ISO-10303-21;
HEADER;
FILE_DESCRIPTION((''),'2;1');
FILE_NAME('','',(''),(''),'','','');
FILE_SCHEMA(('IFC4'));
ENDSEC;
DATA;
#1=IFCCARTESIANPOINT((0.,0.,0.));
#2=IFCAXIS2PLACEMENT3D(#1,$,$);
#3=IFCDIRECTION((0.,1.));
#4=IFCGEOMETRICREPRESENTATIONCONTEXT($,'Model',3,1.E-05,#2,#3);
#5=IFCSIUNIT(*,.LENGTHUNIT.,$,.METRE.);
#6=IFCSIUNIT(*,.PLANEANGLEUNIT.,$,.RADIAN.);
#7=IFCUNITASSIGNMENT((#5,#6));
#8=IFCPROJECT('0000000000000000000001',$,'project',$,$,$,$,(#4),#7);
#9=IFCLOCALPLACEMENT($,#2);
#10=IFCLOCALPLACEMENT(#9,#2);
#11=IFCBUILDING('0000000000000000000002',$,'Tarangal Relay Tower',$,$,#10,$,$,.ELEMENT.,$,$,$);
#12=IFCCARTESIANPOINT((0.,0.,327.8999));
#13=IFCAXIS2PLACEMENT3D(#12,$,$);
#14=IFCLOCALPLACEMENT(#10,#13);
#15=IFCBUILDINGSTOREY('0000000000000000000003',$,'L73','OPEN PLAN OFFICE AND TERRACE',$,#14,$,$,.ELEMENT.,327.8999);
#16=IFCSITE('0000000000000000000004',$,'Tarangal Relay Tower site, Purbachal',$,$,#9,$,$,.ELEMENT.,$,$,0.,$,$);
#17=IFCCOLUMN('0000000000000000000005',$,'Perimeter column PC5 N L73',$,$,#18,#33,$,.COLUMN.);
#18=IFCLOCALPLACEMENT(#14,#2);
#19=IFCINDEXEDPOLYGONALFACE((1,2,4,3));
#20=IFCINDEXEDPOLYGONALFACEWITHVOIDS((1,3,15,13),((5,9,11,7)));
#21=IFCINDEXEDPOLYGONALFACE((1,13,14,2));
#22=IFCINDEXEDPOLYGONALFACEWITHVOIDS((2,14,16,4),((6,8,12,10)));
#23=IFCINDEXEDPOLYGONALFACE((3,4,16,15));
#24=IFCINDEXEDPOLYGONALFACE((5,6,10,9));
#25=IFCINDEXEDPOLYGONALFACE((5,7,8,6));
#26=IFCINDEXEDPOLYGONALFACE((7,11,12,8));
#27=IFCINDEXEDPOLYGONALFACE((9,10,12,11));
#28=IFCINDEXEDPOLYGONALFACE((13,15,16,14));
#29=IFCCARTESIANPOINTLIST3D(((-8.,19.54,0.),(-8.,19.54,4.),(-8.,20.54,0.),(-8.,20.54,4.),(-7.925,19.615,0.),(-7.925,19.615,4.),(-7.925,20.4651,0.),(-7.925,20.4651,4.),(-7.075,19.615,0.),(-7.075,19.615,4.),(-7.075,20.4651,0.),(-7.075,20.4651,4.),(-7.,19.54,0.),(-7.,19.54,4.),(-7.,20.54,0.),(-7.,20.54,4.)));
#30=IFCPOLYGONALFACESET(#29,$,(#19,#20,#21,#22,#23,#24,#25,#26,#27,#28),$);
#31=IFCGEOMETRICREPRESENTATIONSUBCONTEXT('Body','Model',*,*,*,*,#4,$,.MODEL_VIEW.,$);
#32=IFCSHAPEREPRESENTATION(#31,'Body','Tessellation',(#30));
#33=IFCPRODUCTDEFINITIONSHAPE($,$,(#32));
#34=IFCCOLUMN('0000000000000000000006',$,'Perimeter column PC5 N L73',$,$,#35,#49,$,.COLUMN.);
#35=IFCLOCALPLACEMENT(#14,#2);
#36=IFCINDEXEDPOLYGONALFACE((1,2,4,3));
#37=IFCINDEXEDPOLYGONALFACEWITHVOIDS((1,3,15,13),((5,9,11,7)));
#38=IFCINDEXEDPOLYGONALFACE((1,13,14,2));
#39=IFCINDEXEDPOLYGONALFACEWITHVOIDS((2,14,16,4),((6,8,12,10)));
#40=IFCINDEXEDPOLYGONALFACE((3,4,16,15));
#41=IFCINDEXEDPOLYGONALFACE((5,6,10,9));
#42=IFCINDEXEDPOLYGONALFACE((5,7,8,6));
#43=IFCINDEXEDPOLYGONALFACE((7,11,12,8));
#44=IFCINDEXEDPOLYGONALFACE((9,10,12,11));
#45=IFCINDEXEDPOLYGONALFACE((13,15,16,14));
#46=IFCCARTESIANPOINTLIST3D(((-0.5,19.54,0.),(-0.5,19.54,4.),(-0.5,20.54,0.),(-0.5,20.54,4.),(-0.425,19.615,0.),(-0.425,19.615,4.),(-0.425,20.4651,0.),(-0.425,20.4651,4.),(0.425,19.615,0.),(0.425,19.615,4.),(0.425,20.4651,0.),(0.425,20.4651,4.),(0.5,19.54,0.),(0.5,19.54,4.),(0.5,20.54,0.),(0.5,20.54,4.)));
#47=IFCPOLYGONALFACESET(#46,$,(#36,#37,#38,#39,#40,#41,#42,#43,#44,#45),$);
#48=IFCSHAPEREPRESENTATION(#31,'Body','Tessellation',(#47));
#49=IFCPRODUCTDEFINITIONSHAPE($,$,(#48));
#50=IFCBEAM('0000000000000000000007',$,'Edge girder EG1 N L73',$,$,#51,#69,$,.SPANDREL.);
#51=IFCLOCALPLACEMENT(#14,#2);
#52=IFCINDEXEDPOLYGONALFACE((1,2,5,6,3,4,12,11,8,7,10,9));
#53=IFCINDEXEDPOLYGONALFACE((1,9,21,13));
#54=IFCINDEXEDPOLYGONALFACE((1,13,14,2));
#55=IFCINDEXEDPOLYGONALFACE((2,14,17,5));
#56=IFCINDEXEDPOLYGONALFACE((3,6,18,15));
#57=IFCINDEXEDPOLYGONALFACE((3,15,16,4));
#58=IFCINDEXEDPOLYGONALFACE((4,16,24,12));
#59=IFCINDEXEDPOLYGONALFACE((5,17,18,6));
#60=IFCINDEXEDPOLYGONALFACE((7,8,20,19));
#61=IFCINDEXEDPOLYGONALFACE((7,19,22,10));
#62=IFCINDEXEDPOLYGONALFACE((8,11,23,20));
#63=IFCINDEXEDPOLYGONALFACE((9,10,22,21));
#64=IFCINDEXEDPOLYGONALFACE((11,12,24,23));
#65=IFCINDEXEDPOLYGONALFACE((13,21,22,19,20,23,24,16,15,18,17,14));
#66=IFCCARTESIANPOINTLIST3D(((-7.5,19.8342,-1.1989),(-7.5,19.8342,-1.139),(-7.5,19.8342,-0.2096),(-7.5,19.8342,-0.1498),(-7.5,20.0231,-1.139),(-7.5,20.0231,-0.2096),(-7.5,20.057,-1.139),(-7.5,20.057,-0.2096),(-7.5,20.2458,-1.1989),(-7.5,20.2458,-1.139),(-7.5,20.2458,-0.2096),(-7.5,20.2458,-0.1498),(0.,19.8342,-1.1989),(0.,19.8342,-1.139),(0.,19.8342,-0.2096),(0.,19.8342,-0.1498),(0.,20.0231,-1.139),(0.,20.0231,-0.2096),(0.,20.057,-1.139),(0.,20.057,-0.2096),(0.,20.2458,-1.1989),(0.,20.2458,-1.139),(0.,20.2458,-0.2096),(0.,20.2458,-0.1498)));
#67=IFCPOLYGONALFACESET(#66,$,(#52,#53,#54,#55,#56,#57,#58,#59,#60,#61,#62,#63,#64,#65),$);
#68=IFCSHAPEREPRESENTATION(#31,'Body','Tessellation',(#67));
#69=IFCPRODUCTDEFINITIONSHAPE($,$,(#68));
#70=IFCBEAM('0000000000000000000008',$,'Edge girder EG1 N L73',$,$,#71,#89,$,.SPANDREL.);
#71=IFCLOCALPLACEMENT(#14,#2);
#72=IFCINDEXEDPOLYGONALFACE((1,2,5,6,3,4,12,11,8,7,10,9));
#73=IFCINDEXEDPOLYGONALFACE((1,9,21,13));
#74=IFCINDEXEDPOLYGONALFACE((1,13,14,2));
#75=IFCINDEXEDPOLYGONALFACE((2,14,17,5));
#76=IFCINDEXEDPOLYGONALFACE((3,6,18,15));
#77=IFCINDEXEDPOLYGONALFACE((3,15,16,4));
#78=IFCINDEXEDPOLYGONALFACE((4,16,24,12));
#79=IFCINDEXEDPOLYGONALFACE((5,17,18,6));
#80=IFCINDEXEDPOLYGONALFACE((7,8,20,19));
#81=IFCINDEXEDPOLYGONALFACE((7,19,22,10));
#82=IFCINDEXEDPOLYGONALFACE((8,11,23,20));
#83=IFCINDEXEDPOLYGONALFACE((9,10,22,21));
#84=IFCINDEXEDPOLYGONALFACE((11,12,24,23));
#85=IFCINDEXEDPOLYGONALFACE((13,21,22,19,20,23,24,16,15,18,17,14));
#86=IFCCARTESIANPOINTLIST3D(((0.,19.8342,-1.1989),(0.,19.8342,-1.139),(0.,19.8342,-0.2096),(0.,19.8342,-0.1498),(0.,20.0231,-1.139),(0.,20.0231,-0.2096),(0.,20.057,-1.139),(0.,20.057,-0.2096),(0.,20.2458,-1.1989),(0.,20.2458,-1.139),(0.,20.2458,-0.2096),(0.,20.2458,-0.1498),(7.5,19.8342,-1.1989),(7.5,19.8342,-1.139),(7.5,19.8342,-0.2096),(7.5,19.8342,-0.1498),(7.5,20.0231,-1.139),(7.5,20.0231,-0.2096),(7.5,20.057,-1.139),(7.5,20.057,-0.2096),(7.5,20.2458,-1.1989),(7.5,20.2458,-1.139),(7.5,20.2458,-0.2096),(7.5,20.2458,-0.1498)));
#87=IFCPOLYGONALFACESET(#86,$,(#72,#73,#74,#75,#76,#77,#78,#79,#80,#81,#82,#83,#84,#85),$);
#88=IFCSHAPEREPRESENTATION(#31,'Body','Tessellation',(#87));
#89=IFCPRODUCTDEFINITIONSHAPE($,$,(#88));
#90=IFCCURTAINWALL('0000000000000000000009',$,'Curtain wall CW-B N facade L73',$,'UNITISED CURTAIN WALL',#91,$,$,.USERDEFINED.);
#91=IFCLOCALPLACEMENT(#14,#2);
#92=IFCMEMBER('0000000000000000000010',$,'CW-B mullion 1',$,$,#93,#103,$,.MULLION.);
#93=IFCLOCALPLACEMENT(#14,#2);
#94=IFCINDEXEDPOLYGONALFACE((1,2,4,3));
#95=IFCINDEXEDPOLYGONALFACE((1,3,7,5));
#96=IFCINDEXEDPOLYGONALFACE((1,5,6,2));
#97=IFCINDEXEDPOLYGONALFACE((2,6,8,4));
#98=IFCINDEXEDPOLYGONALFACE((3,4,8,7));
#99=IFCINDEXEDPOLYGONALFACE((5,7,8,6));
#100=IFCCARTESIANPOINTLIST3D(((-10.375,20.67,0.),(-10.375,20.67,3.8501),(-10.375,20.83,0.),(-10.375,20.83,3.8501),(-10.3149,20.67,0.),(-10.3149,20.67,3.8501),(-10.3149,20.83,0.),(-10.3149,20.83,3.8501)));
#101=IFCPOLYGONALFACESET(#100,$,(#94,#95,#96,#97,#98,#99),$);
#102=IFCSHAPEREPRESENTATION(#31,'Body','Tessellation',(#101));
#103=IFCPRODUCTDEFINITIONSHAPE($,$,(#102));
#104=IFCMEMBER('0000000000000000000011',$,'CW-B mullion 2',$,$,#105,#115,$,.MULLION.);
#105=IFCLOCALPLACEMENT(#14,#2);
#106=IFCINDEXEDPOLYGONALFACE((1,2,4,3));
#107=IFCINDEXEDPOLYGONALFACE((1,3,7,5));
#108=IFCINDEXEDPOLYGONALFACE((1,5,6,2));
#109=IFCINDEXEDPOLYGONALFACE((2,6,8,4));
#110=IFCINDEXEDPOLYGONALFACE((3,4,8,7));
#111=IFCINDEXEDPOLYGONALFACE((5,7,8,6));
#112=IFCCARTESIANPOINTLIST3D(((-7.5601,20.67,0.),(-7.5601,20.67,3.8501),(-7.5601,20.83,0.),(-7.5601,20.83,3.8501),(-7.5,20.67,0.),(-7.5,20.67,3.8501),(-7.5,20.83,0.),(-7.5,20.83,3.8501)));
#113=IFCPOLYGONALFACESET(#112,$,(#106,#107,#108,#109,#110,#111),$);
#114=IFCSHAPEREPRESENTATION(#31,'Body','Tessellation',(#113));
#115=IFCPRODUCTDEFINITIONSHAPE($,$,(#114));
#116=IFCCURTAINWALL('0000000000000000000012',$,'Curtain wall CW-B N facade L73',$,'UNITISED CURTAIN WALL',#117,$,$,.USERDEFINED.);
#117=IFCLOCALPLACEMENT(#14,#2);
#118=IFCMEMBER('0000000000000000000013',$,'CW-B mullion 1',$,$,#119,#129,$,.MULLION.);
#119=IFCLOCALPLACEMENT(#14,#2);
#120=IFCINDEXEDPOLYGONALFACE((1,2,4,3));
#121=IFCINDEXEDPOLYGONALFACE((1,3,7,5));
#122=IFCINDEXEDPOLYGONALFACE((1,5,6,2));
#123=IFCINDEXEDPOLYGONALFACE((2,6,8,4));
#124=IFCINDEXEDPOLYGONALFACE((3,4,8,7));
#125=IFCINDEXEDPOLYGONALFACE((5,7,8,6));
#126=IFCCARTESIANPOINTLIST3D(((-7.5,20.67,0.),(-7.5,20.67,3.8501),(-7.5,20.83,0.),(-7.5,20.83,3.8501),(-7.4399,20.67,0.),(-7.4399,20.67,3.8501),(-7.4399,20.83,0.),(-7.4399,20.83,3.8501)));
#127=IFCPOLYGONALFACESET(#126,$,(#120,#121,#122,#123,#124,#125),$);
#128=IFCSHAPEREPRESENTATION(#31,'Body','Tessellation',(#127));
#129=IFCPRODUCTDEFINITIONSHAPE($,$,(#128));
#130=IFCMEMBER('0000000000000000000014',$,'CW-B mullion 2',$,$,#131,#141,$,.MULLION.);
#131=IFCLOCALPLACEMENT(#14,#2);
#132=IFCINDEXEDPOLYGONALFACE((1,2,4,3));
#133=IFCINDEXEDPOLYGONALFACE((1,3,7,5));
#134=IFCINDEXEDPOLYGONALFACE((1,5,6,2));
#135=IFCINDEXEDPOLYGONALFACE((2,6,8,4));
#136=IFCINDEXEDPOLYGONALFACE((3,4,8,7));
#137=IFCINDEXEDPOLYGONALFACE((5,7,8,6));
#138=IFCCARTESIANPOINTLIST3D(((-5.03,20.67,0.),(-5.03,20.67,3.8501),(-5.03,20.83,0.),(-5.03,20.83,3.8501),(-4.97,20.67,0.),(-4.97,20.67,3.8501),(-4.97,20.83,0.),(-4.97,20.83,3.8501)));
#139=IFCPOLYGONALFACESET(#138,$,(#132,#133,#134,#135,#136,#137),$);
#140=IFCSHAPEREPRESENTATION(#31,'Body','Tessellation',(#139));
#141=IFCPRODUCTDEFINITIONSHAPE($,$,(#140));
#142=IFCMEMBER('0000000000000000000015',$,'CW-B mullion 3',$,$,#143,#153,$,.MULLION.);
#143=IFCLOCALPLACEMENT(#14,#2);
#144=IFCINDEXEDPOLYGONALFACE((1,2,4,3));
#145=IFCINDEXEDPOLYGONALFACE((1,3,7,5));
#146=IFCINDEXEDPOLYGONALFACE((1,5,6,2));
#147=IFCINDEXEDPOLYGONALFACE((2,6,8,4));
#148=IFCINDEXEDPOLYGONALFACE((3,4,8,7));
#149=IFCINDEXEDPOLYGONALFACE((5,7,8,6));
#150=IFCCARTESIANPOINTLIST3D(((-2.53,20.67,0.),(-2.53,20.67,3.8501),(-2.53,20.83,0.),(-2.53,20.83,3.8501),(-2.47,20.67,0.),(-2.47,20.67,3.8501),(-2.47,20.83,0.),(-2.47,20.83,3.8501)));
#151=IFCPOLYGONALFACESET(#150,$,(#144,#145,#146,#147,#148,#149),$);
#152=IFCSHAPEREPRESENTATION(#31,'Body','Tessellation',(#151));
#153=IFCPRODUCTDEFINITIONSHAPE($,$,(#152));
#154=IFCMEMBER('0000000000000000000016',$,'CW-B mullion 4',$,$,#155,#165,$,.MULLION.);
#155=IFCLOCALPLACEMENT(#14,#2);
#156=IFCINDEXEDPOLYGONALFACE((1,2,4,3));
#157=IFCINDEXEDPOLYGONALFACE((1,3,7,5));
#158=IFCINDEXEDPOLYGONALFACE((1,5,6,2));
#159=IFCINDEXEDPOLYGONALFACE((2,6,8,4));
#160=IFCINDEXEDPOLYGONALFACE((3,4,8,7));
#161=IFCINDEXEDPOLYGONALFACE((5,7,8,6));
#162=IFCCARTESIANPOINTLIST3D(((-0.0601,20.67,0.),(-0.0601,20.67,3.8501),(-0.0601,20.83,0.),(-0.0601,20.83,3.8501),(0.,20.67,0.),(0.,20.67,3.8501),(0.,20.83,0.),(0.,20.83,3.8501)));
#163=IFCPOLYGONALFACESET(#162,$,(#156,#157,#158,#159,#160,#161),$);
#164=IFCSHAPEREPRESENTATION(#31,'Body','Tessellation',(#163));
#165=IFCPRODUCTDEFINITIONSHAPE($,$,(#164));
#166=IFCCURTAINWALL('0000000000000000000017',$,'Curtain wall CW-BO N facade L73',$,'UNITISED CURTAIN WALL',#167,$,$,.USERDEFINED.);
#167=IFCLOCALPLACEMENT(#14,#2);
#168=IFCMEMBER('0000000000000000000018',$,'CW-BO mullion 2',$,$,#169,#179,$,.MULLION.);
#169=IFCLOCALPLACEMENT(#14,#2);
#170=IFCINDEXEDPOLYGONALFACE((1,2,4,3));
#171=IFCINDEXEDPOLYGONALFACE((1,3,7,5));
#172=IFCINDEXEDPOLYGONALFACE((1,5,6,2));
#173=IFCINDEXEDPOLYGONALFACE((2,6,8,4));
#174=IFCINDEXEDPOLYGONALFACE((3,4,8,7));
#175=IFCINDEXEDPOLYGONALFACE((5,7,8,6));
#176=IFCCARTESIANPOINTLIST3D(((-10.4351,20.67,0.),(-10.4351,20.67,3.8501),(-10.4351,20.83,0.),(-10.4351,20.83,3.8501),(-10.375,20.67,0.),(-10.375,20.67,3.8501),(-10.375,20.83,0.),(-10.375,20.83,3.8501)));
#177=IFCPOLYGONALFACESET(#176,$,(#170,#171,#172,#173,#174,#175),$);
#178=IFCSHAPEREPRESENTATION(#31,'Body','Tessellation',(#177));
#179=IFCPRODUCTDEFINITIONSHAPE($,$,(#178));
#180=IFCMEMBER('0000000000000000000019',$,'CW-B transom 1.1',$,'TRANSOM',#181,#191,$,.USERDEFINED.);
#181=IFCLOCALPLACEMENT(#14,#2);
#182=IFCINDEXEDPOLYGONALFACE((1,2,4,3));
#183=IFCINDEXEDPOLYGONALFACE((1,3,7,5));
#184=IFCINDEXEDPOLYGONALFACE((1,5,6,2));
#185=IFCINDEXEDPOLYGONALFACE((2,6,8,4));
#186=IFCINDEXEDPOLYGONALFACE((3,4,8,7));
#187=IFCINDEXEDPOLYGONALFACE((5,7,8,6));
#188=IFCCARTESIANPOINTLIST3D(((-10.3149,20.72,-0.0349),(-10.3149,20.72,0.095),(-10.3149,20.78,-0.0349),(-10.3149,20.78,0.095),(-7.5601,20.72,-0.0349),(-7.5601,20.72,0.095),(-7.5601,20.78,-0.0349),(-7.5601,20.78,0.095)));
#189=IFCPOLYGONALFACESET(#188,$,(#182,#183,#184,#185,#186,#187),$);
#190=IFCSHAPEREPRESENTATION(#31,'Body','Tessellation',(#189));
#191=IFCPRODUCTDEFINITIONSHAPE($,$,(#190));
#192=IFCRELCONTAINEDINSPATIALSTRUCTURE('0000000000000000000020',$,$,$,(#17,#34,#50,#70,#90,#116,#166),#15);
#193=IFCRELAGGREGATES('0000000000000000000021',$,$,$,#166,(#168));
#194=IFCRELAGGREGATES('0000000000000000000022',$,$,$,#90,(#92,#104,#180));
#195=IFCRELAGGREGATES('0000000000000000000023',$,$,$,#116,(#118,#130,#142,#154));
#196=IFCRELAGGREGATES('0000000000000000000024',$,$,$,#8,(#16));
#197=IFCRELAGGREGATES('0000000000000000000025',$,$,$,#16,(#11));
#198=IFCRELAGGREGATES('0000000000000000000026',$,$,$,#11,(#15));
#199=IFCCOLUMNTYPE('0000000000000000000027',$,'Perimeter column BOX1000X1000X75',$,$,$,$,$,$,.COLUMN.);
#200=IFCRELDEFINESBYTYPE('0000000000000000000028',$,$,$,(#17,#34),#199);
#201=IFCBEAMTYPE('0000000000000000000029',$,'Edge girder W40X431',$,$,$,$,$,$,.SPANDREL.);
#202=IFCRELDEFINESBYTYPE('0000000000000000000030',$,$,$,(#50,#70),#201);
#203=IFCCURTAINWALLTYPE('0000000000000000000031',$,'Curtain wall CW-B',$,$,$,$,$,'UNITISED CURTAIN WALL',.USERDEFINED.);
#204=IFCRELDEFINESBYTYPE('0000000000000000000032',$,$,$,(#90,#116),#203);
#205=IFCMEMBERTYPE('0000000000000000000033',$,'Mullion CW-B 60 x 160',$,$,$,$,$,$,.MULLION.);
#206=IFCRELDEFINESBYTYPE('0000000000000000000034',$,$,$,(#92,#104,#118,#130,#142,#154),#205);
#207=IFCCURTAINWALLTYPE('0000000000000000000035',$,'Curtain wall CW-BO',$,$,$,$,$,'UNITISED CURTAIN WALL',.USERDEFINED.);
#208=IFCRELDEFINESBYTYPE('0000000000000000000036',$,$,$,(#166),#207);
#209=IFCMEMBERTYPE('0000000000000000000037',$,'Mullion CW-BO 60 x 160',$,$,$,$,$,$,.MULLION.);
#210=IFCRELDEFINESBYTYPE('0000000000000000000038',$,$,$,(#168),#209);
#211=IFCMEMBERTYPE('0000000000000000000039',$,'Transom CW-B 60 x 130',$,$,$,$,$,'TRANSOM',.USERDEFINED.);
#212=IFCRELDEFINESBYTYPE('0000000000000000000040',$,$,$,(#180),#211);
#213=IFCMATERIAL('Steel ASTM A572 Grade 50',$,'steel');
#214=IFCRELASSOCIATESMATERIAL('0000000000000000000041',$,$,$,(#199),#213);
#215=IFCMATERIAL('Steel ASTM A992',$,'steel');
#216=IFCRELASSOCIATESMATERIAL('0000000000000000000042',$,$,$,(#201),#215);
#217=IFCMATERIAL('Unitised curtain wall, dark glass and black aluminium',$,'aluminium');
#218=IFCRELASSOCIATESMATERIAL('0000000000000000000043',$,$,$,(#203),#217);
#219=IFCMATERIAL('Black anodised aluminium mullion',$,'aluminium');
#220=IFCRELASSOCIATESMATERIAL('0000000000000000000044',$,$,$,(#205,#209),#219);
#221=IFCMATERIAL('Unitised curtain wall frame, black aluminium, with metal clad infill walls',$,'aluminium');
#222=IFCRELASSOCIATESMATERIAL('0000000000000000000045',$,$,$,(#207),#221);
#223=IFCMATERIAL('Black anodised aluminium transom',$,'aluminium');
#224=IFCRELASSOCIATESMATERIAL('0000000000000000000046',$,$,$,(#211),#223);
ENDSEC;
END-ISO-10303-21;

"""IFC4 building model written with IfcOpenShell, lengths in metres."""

from ifc_helpers import new_model, si_unit, direction, frame, origin, origin_2d, place, context, subcontext, project, spatial, rectangle, hollow_rectangle, i_section, extrude, material, material_profile, profile_set, type_object, element, aggregate, save


model = new_model("IFC4")

# Units and contexts
model_context = context("Model", 3, precision=1e-05, world=origin(), true_north=direction((0.0, 1.0)))
body_context = subcontext(model_context, "Body", "Model", "MODEL_VIEW")
ifc_project = project(units=[si_unit("LENGTHUNIT", "METRE"), si_unit("PLANEANGLEUNIT", "RADIAN")], contexts=[model_context])

# Site, building, storey
site_placement = place(None, origin())
site = spatial("IfcSite", under=ifc_project, at=site_placement, Name="Tarangal Relay Tower site, Purbachal", CompositionType="ELEMENT", RefElevation=0.0)
building_placement = place(site_placement, origin())
building = spatial("IfcBuilding", under=site, at=building_placement, Name="Tarangal Relay Tower", CompositionType="ELEMENT")
storey_placement = place(building_placement, frame((0.0, 0.0, 327.8999)))
storey = spatial("IfcBuildingStorey", under=building, at=storey_placement, Name="L73", Description="OPEN PLAN OFFICE AND TERRACE", CompositionType="ELEMENT", Elevation=327.8999)

# Columns
ifc_material_1 = material(Name="Steel ASTM A572 Grade 50", Category="steel")
ifc_material_profile_1 = material_profile(ifc_material_1, hollow_rectangle(XDim=1.0, YDim=1.0, WallThickness=0.075, at=origin_2d()), Name="BOX1000X1000X75")
ifc_profile_set_1 = profile_set([ifc_material_profile_1], Name="Steel ASTM A572 Grade 50")
column_type = type_object("IfcColumnType", Name="Perimeter column BOX1000X1000X75", PredefinedType="COLUMN", material=ifc_profile_set_1)
for number, where, z_axis, x_axis, name in (
    (1, (-7.5, 20.04, 0.0), (0.0, 0.0, 1.0), (1.0, 0.0, 0.0), "Perimeter column PC5 N L73"),
    (2, (0.0, 20.04, 0.0), (0.0, 0.0, 1.0), (1.0, 0.0, 0.0), "Perimeter column PC5 N L73"),
):
    element("IfcColumn", number, at=place(storey_placement, frame(where, z_axis=z_axis, x_axis=x_axis)), inside=storey, type_object=column_type, Name=name, PredefinedType="COLUMN", context=body_context, shape_type="SweptSolid", body=[
        extrude(hollow_rectangle(XDim=1.0, YDim=1.0, WallThickness=0.075, at=origin_2d()), origin(), (0.0, 0.0, 1.0), 4.0),
    ])

# Beams
ifc_material_2 = material(Name="Steel ASTM A992", Category="steel")
ifc_material_profile_2 = material_profile(ifc_material_2, i_section(OverallWidth=0.4116, OverallDepth=1.0491, WebThickness=0.0339, FlangeThickness=0.0598, at=origin_2d()), Name="W40X431")
ifc_profile_set_2 = profile_set([ifc_material_profile_2], Name="Steel ASTM A992")
beam_type = type_object("IfcBeamType", Name="Edge girder W40X431", PredefinedType="SPANDREL", material=ifc_profile_set_2)
for number, where, z_axis, x_axis, name in (
    (3, (-7.5, 20.04, -0.6743), (1.0, 0.0, 0.0), (0.0, 1.0, 0.0), "Edge girder EG1 N L73"),
    (4, (0.0, 20.04, -0.6743), (1.0, 0.0, 0.0), (0.0, 1.0, 0.0), "Edge girder EG1 N L73"),
):
    element("IfcBeam", number, at=place(storey_placement, frame(where, z_axis=z_axis, x_axis=x_axis)), inside=storey, type_object=beam_type, Name=name, PredefinedType="SPANDREL", context=body_context, shape_type="SweptSolid", body=[
        extrude(i_section(OverallWidth=0.4116, OverallDepth=1.0491, WebThickness=0.0339, FlangeThickness=0.0598, at=origin_2d()), origin(), (0.0, 0.0, 1.0), 7.5),
    ])

# Curtain walls, members
ifc_material_3 = material(Name="Unitised curtain wall, dark glass and black aluminium", Category="aluminium")
curtain_wall_type_1 = type_object("IfcCurtainWallType", Name="Curtain wall CW-B", ElementType="UNITISED CURTAIN WALL", PredefinedType="USERDEFINED", material=ifc_material_3)
curtain_wall_1_placement = place(storey_placement, origin())
curtain_wall_1 = element("IfcCurtainWall", 5, at=curtain_wall_1_placement, inside=storey, type_object=curtain_wall_type_1, Name="Curtain wall CW-B N facade L73", ObjectType="UNITISED CURTAIN WALL", PredefinedType="USERDEFINED")
ifc_material_4 = material(Name="Black anodised aluminium mullion", Category="aluminium")
ifc_material_profile_3 = material_profile(ifc_material_4, rectangle(XDim=0.1599, YDim=0.0601, at=origin_2d()), Name="CW-BM 60X160")
ifc_profile_set_3 = profile_set([ifc_material_profile_3], Name="Black anodised aluminium mullion")
member_type_1 = type_object("IfcMemberType", Name="Mullion CW-B 60 x 160", PredefinedType="MULLION", material=ifc_profile_set_3)
member_1_placement = place(storey_placement, frame((-10.345, 20.75, 0.0), z_axis=(0.0, 0.0, 1.0), x_axis=(0.0, 1.0, 0.0)))
member_1 = element("IfcMember", 6, at=member_1_placement, type_object=member_type_1, Name="CW-B mullion 1", PredefinedType="MULLION", context=body_context, shape_type="SweptSolid", body=[
    extrude(rectangle(XDim=0.1599, YDim=0.0601, at=origin_2d()), origin(), (0.0, 0.0, 1.0), 3.8501),
])
member_2_placement = place(storey_placement, frame((-7.53, 20.75, 0.0), z_axis=(0.0, 0.0, 1.0), x_axis=(0.0, 1.0, 0.0)))
member_2 = element("IfcMember", 7, at=member_2_placement, type_object=member_type_1, Name="CW-B mullion 2", PredefinedType="MULLION", context=body_context, shape_type="SweptSolid", body=[
    extrude(rectangle(XDim=0.1599, YDim=0.0601, at=origin_2d()), origin(), (0.0, 0.0, 1.0), 3.8501),
])
curtain_wall_2_placement = place(storey_placement, origin())
curtain_wall_2 = element("IfcCurtainWall", 8, at=curtain_wall_2_placement, inside=storey, type_object=curtain_wall_type_1, Name="Curtain wall CW-B N facade L73", ObjectType="UNITISED CURTAIN WALL", PredefinedType="USERDEFINED")
member_3_placement = place(storey_placement, frame((-7.47, 20.75, 0.0), z_axis=(0.0, 0.0, 1.0), x_axis=(0.0, 1.0, 0.0)))
member_3 = element("IfcMember", 9, at=member_3_placement, type_object=member_type_1, Name="CW-B mullion 1", PredefinedType="MULLION", context=body_context, shape_type="SweptSolid", body=[
    extrude(rectangle(XDim=0.1599, YDim=0.0601, at=origin_2d()), origin(), (0.0, 0.0, 1.0), 3.8501),
])
member_4_placement = place(storey_placement, frame((-5.0, 20.75, 0.0), z_axis=(0.0, 0.0, 1.0), x_axis=(0.0, 1.0, 0.0)))
member_4 = element("IfcMember", 10, at=member_4_placement, type_object=member_type_1, Name="CW-B mullion 2", PredefinedType="MULLION", context=body_context, shape_type="SweptSolid", body=[
    extrude(rectangle(XDim=0.1599, YDim=0.0601, at=origin_2d()), origin(), (0.0, 0.0, 1.0), 3.8501),
])
member_5_placement = place(storey_placement, frame((-2.5, 20.75, 0.0), z_axis=(0.0, 0.0, 1.0), x_axis=(0.0, 1.0, 0.0)))
member_5 = element("IfcMember", 11, at=member_5_placement, type_object=member_type_1, Name="CW-B mullion 3", PredefinedType="MULLION", context=body_context, shape_type="SweptSolid", body=[
    extrude(rectangle(XDim=0.1599, YDim=0.0601, at=origin_2d()), origin(), (0.0, 0.0, 1.0), 3.8501),
])
member_6_placement = place(storey_placement, frame((-0.03, 20.75, 0.0), z_axis=(0.0, 0.0, 1.0), x_axis=(0.0, 1.0, 0.0)))
member_6 = element("IfcMember", 12, at=member_6_placement, type_object=member_type_1, Name="CW-B mullion 4", PredefinedType="MULLION", context=body_context, shape_type="SweptSolid", body=[
    extrude(rectangle(XDim=0.1599, YDim=0.0601, at=origin_2d()), origin(), (0.0, 0.0, 1.0), 3.8501),
])

# Curtain wall, member
ifc_material_5 = material(Name="Unitised curtain wall frame, black aluminium, with metal clad infill walls", Category="aluminium")
curtain_wall_type_2 = type_object("IfcCurtainWallType", Name="Curtain wall CW-BO", ElementType="UNITISED CURTAIN WALL", PredefinedType="USERDEFINED", material=ifc_material_5)
curtain_wall_3_placement = place(storey_placement, origin())
curtain_wall_3 = element("IfcCurtainWall", 13, at=curtain_wall_3_placement, inside=storey, type_object=curtain_wall_type_2, Name="Curtain wall CW-BO N facade L73", ObjectType="UNITISED CURTAIN WALL", PredefinedType="USERDEFINED")
ifc_material_profile_4 = material_profile(ifc_material_4, rectangle(XDim=0.1599, YDim=0.0601, at=origin_2d()), Name="CW-BOM 60X160")
ifc_profile_set_4 = profile_set([ifc_material_profile_4], Name="Black anodised aluminium mullion")
member_type_2 = type_object("IfcMemberType", Name="Mullion CW-BO 60 x 160", PredefinedType="MULLION", material=ifc_profile_set_4)
member_7_placement = place(storey_placement, frame((-10.405, 20.75, 0.0), z_axis=(0.0, 0.0, 1.0), x_axis=(0.0, 1.0, 0.0)))
member_7 = element("IfcMember", 14, at=member_7_placement, type_object=member_type_2, Name="CW-BO mullion 2", PredefinedType="MULLION", context=body_context, shape_type="SweptSolid", body=[
    extrude(rectangle(XDim=0.1599, YDim=0.0601, at=origin_2d()), origin(), (0.0, 0.0, 1.0), 3.8501),
])
aggregate(curtain_wall_3, [member_7])

# Member
ifc_material_6 = material(Name="Black anodised aluminium transom", Category="aluminium")
ifc_material_profile_5 = material_profile(ifc_material_6, rectangle(XDim=0.0601, YDim=0.1299, at=origin_2d()), Name="CW-BT 60X130")
ifc_profile_set_5 = profile_set([ifc_material_profile_5], Name="Black anodised aluminium transom")
member_type_3 = type_object("IfcMemberType", Name="Transom CW-B 60 x 130", ElementType="TRANSOM", PredefinedType="USERDEFINED", material=ifc_profile_set_5)
member_8_placement = place(storey_placement, frame((-10.3149, 20.75, 0.03), z_axis=(1.0, 0.0, 0.0), x_axis=(0.0, 1.0, 0.0)))
member_8 = element("IfcMember", 15, at=member_8_placement, type_object=member_type_3, Name="CW-B transom 1.1", ObjectType="TRANSOM", PredefinedType="USERDEFINED", context=body_context, shape_type="SweptSolid", body=[
    extrude(rectangle(XDim=0.0601, YDim=0.1299, at=origin_2d()), origin(), (0.0, 0.0, 1.0), 2.7549),
])

aggregate(curtain_wall_1, [member_1, member_2, member_8])
aggregate(curtain_wall_2, [member_3, member_4, member_5, member_6])

save(model, "model.ifc")
